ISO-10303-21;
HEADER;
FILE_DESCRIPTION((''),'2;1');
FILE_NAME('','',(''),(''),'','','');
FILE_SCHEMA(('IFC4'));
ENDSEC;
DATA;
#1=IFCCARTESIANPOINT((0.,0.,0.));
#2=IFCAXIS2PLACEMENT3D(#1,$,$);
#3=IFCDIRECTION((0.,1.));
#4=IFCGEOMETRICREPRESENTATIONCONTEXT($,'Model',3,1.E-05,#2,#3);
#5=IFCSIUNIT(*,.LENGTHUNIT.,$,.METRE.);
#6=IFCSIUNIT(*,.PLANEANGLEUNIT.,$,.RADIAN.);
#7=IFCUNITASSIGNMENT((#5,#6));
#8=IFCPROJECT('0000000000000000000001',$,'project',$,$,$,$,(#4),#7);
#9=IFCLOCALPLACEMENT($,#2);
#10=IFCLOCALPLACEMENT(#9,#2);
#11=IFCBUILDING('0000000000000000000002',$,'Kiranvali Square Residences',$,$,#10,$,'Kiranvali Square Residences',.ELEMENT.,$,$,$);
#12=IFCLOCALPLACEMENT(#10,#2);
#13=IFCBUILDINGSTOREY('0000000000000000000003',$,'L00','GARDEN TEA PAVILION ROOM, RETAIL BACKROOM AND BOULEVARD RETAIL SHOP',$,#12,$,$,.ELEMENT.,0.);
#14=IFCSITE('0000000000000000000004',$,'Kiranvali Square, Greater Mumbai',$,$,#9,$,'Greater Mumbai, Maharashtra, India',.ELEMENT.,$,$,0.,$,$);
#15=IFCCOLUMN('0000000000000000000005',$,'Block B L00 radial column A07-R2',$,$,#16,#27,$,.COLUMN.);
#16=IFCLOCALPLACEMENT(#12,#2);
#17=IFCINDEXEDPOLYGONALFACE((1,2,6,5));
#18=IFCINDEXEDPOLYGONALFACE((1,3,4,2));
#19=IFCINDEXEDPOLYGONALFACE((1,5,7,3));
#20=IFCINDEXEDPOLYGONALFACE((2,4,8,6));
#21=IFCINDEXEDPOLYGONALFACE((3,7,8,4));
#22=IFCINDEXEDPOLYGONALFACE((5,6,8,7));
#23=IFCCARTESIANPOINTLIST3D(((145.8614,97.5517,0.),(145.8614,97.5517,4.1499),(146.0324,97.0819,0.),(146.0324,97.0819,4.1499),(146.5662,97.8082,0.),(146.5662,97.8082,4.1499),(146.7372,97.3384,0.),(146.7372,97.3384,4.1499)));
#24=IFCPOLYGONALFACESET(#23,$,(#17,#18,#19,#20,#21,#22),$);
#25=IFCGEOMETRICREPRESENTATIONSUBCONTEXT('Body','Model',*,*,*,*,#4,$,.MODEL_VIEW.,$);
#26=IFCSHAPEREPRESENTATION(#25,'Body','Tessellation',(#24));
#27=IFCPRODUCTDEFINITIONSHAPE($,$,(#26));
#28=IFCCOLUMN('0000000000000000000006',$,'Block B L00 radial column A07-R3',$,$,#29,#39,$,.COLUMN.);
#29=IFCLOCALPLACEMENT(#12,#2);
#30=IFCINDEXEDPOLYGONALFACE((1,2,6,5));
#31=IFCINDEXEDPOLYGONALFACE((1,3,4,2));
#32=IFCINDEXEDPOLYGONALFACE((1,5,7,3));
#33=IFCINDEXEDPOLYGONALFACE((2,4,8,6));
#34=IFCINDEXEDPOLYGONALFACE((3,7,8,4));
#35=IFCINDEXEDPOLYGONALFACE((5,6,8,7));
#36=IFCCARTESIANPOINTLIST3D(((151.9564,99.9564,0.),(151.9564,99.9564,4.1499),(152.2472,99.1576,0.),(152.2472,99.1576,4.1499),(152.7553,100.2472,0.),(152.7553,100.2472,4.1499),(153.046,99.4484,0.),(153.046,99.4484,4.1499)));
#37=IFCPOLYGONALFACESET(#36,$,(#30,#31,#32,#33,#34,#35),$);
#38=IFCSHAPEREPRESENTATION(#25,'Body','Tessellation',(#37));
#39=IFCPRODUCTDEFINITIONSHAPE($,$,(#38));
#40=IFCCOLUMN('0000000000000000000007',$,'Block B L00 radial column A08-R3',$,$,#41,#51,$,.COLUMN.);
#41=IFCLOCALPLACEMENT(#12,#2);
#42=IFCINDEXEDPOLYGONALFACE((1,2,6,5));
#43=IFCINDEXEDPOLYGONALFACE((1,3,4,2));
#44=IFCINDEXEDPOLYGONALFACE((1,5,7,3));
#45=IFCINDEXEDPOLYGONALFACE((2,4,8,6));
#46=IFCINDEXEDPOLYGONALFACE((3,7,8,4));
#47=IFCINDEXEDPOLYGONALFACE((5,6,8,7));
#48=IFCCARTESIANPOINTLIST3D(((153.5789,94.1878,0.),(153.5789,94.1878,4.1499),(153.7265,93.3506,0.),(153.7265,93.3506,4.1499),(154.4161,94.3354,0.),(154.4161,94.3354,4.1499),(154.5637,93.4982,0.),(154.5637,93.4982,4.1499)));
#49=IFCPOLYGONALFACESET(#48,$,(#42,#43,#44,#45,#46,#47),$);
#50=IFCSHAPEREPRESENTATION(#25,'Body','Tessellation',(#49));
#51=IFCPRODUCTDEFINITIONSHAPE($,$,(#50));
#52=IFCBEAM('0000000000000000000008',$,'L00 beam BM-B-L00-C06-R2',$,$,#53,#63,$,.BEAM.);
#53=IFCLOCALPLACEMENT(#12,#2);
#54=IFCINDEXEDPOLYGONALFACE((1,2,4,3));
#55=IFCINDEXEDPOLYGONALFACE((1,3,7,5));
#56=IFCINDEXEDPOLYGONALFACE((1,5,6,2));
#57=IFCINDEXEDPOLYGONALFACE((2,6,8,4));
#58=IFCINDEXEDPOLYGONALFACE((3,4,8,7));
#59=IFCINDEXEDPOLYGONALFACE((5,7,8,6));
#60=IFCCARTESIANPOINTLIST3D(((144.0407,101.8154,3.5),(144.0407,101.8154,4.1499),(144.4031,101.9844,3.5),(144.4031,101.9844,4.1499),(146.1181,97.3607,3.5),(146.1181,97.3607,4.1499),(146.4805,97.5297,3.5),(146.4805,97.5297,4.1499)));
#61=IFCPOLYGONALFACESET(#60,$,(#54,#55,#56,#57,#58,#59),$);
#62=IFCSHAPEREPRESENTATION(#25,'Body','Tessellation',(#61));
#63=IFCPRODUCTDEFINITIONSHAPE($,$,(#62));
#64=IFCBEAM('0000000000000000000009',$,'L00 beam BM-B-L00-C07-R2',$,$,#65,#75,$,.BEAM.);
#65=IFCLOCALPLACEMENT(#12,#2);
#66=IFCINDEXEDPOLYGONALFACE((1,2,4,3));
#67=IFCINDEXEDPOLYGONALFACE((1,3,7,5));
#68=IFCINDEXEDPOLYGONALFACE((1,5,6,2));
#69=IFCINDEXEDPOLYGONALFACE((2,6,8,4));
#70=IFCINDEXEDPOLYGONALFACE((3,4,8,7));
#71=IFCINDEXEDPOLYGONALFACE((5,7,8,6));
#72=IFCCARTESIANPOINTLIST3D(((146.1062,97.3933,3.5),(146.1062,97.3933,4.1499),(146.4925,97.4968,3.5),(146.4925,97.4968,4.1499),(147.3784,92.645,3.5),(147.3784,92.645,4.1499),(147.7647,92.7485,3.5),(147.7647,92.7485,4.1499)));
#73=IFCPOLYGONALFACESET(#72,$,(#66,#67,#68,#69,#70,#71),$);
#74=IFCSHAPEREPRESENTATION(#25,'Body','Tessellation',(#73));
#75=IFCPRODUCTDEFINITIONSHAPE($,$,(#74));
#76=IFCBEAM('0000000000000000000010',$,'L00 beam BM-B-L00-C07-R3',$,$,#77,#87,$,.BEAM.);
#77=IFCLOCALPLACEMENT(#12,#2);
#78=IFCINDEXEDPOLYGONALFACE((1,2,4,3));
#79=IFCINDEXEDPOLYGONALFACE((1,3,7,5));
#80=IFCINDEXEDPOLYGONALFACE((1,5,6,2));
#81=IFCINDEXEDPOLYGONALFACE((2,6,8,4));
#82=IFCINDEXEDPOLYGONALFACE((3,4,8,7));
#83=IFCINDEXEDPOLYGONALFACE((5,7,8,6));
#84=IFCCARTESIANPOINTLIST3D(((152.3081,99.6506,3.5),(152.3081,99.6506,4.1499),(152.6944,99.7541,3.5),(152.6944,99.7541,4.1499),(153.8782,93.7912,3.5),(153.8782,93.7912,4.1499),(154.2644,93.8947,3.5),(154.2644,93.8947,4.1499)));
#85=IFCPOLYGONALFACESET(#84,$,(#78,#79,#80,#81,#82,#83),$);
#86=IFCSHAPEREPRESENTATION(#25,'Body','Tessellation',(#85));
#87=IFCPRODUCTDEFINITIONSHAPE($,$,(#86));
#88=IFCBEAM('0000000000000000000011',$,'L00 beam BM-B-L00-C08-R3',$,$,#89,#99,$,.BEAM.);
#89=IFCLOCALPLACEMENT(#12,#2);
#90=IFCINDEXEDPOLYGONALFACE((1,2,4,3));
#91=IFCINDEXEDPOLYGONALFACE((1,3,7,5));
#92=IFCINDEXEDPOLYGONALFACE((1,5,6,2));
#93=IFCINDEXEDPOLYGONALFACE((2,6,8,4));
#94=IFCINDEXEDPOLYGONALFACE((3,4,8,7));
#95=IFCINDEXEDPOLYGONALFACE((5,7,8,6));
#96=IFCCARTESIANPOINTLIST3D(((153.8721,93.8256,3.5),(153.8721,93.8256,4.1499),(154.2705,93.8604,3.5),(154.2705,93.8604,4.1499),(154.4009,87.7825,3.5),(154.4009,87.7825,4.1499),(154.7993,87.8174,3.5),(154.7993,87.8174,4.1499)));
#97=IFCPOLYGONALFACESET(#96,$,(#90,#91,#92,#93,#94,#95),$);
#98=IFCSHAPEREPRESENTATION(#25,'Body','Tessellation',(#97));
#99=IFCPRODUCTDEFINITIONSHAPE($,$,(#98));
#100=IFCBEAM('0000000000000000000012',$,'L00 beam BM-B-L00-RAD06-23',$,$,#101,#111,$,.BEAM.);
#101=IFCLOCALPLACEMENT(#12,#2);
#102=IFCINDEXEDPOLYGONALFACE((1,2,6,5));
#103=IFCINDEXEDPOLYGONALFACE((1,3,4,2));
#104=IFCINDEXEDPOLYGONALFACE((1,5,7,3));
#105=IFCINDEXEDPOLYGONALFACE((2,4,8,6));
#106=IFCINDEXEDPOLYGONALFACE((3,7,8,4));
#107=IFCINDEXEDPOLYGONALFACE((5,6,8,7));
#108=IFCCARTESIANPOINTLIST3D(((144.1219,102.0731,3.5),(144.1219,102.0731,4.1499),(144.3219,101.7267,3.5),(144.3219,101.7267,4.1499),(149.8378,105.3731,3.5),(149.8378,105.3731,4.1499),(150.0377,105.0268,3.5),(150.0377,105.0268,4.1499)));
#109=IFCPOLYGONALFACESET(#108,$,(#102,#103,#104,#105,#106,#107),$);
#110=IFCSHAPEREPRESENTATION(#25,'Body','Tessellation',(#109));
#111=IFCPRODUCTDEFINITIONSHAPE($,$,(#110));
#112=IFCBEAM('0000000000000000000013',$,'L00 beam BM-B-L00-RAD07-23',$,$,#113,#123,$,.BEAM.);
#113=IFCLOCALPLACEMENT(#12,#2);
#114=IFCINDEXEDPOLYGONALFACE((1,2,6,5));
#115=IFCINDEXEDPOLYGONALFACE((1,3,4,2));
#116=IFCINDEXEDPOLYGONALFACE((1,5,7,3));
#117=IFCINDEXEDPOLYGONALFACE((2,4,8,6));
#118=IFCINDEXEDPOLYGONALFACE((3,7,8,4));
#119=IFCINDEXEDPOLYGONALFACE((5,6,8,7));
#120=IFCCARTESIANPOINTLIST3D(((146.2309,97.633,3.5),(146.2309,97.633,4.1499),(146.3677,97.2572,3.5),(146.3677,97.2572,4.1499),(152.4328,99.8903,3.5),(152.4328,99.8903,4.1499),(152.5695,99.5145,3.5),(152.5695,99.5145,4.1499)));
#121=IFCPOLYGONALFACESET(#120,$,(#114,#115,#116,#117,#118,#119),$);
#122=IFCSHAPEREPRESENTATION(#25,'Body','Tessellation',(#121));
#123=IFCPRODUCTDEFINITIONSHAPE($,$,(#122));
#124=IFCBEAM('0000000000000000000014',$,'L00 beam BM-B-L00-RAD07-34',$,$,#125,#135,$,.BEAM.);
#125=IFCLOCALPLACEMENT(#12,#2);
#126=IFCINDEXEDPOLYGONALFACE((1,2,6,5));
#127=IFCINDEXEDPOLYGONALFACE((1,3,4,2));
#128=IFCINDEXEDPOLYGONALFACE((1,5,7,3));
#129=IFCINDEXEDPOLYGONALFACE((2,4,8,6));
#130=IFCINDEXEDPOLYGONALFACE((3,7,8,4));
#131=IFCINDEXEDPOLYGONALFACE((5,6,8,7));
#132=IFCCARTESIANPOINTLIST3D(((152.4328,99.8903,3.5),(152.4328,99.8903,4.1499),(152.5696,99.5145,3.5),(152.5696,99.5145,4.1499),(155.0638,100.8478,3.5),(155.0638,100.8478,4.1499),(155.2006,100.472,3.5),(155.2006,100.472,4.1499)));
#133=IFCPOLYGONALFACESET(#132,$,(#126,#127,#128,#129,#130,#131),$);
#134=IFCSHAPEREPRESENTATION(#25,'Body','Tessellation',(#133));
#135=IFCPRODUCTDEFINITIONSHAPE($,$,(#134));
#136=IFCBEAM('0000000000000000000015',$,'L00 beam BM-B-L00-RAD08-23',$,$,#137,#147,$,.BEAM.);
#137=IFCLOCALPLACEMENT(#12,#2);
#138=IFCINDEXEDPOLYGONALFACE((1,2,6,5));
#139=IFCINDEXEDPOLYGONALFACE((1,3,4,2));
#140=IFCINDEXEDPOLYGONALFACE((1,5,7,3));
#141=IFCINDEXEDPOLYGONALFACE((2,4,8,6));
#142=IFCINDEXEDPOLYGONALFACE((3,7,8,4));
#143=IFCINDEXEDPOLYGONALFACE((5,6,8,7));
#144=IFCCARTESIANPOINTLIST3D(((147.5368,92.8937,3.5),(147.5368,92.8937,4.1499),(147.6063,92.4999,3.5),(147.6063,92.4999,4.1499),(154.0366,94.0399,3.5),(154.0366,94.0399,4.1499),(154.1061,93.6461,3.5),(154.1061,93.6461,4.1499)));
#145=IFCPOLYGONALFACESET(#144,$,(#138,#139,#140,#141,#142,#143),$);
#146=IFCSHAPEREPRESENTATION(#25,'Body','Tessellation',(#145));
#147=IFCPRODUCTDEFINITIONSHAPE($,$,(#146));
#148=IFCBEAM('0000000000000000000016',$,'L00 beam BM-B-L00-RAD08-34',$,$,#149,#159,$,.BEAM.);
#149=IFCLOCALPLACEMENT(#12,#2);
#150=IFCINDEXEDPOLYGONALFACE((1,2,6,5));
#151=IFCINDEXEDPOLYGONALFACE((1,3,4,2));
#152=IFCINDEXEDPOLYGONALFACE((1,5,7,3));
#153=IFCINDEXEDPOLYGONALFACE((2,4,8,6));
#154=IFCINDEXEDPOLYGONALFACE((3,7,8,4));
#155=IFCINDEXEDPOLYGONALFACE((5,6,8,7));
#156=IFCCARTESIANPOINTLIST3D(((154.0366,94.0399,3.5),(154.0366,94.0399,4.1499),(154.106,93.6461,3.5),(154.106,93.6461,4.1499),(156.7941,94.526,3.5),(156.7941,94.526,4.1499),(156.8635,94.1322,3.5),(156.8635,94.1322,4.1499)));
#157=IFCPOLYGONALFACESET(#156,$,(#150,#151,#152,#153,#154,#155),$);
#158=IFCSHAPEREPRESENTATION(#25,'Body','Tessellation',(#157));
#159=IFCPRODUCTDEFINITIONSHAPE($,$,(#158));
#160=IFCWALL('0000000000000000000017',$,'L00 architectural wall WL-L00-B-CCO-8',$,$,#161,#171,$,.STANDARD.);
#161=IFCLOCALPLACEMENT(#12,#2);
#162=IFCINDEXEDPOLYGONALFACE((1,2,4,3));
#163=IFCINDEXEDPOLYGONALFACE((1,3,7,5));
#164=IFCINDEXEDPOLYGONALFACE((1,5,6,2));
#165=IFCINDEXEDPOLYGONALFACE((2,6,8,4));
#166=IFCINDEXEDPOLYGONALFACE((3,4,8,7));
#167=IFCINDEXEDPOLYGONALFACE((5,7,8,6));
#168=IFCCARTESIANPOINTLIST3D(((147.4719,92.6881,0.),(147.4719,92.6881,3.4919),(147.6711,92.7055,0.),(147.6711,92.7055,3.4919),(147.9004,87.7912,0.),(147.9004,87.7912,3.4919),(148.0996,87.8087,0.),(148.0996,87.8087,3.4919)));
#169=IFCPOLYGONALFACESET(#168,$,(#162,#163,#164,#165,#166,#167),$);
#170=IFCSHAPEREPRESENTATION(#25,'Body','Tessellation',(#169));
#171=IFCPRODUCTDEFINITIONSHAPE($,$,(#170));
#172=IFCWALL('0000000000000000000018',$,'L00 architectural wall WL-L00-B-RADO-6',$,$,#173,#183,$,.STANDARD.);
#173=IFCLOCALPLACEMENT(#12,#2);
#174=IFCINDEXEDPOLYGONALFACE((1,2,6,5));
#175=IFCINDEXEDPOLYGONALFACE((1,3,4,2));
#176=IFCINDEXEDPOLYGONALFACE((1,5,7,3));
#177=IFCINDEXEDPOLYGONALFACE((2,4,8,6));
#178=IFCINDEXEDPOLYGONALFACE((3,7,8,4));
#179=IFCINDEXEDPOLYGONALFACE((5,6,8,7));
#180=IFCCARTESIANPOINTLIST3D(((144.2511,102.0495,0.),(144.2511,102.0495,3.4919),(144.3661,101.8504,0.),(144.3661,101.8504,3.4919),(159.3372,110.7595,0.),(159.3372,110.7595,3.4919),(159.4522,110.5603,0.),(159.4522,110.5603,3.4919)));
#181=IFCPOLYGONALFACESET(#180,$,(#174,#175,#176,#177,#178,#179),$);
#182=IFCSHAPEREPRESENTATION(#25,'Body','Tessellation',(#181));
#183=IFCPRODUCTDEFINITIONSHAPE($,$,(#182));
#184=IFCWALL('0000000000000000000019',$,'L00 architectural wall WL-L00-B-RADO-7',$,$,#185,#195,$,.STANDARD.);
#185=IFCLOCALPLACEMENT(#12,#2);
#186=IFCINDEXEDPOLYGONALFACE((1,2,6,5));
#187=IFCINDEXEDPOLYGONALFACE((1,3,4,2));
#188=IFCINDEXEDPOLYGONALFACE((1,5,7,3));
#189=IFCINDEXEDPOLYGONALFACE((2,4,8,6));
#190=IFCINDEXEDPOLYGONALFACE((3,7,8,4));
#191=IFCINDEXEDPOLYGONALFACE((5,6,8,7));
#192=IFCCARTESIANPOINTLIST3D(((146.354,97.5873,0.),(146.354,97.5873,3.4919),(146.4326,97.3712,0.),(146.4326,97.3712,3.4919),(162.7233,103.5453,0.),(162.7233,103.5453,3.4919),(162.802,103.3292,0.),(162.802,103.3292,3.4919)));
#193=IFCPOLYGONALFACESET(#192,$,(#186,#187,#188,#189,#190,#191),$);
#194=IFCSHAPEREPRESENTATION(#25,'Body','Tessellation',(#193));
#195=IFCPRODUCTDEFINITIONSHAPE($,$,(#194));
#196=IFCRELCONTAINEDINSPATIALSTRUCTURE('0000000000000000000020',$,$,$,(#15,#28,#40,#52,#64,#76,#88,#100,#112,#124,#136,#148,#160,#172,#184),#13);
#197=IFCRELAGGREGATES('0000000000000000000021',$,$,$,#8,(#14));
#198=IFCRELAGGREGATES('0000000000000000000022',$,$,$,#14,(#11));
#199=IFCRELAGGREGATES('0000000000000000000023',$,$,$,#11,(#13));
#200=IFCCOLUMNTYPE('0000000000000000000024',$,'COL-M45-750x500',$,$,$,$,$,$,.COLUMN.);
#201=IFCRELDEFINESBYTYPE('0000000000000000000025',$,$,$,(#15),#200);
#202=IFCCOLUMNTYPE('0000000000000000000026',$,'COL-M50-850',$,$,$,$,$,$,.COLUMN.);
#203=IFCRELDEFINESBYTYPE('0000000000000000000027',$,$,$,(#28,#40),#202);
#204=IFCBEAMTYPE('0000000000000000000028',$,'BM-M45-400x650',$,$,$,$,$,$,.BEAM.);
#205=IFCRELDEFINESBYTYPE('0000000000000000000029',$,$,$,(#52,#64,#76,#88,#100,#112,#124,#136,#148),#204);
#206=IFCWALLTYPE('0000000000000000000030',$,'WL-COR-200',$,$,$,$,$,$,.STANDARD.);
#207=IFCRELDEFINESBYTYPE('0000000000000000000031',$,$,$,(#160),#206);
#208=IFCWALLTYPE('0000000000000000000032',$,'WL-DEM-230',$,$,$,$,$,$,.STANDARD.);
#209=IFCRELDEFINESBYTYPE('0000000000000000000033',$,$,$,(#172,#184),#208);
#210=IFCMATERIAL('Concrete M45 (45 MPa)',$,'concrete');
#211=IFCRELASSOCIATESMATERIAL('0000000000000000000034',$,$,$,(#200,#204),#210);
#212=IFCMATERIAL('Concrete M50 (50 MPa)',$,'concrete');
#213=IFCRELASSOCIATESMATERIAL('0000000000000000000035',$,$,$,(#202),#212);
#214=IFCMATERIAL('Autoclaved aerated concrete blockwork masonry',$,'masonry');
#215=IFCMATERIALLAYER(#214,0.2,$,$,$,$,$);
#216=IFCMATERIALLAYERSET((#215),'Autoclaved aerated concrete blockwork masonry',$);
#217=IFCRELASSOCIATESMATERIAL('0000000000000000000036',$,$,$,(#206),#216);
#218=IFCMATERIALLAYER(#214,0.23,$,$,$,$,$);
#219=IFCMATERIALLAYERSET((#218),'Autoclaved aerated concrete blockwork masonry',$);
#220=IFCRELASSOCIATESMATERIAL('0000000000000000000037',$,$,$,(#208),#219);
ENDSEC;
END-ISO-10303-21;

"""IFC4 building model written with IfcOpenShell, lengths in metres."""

from ifc_helpers import new_model, si_unit, direction, frame, frame_2d, origin, origin_2d, place, context, subcontext, project, spatial, rectangle, extrude, material, layer, layer_set, material_profile, profile_set, type_object, element, save


model = new_model("IFC4")

# Units and contexts
model_context = context("Model", 3, precision=1e-05, world=origin(), true_north=direction((0.0, 1.0)))
body_context = subcontext(model_context, "Body", "Model", "MODEL_VIEW")
ifc_project = project(units=[si_unit("LENGTHUNIT", "METRE"), si_unit("PLANEANGLEUNIT", "RADIAN")], contexts=[model_context])

# Site, building, storey
site_placement = place(None, origin())
site = spatial("IfcSite", under=ifc_project, at=site_placement, Name="Kiranvali Square, Greater Mumbai", LongName="Greater Mumbai, Maharashtra, India", CompositionType="ELEMENT", RefElevation=0.0)
building_placement = place(site_placement, origin())
building = spatial("IfcBuilding", under=site, at=building_placement, Name="Kiranvali Square Residences", LongName="Kiranvali Square Residences", CompositionType="ELEMENT")
storey_placement = place(building_placement, origin())
storey = spatial("IfcBuildingStorey", under=building, at=storey_placement, Name="L00", Description="GARDEN TEA PAVILION ROOM, RETAIL BACKROOM AND BOULEVARD RETAIL SHOP", CompositionType="ELEMENT", Elevation=0.0)

# Columns
ifc_material_1 = material(Name="Concrete M45 (45 MPa)", Category="concrete")
ifc_material_profile_1 = material_profile(ifc_material_1, rectangle(XDim=0.5, YDim=0.75, at=origin_2d()), Name="RC 750x500")
ifc_profile_set_1 = profile_set([ifc_material_profile_1], Name="Concrete M45 (45 MPa)")
column_type_1 = type_object("IfcColumnType", Name="COL-M45-750x500", PredefinedType="COLUMN", material=ifc_profile_set_1)
column_placement = place(storey_placement, frame((146.2993, 97.4451, 0.0), z_axis=(0.0, 0.0, 1.0), x_axis=(-0.34202, 0.939693, 0.0)))
element("IfcColumn", 1, at=column_placement, inside=storey, type_object=column_type_1, Name="Block B L00 radial column A07-R2", PredefinedType="COLUMN", context=body_context, shape_type="SweptSolid", body=[
    extrude(rectangle(XDim=0.5, YDim=0.75, at=origin_2d()), origin(), (0.0, 0.0, 1.0), 4.1499),
])
ifc_material_2 = material(Name="Concrete M50 (50 MPa)", Category="concrete")
ifc_material_profile_2 = material_profile(ifc_material_2, rectangle(XDim=0.8501, YDim=0.8501, at=origin_2d()), Name="RC 850x850")
ifc_profile_set_2 = profile_set([ifc_material_profile_2], Name="Concrete M50 (50 MPa)")
column_type_2 = type_object("IfcColumnType", Name="COL-M50-850", PredefinedType="COLUMN", material=ifc_profile_set_2)
for number, where, z_axis, x_axis, name in (
    (2, (152.5012, 99.7024, 0.0), (0.0, 0.0, 1.0), (-0.34202, 0.939693, 0.0), "Block B L00 radial column A07-R3"),
    (3, (154.0713, 93.843, 0.0), (0.0, 0.0, 1.0), (-0.173648, 0.984808, 0.0), "Block B L00 radial column A08-R3"),
):
    element("IfcColumn", number, at=place(storey_placement, frame(where, z_axis=z_axis, x_axis=x_axis)), inside=storey, type_object=column_type_2, Name=name, PredefinedType="COLUMN", context=body_context, shape_type="SweptSolid", body=[
        extrude(rectangle(XDim=0.8501, YDim=0.8501, at=origin_2d()), origin(), (0.0, 0.0, 1.0), 4.1499),
    ])

# Beams
ifc_material_profile_3 = material_profile(ifc_material_1, rectangle(XDim=0.3999, YDim=0.6499, at=origin_2d()), Name="RC 400x650")
ifc_profile_set_3 = profile_set([ifc_material_profile_3], Name="Concrete M45 (45 MPa)")
beam_type = type_object("IfcBeamType", Name="BM-M45-400x650", PredefinedType="BEAM", material=ifc_profile_set_3)
beam_1_placement = place(storey_placement, frame((144.2219, 101.8999, 3.825), z_axis=(0.42263, -0.906302, 0.0), x_axis=(0.906302, 0.42263, 0.0)))
element("IfcBeam", 4, at=beam_1_placement, inside=storey, type_object=beam_type, Name="L00 beam BM-B-L00-C06-R2", PredefinedType="BEAM", context=body_context, shape_type="SweptSolid", body=[
    extrude(rectangle(XDim=0.3999, YDim=0.6499, at=origin_2d()), origin(), (0.0, 0.0, 1.0), 4.9153),
])
beam_2_placement = place(storey_placement, frame((146.2993, 97.4451, 3.825), z_axis=(0.258803, -0.96593, 0.0), x_axis=(0.96593, 0.258803, 0.0)))
element("IfcBeam", 5, at=beam_2_placement, inside=storey, type_object=beam_type, Name="L00 beam BM-B-L00-C07-R2", PredefinedType="BEAM", context=body_context, shape_type="SweptSolid", body=[
    extrude(rectangle(XDim=0.3999, YDim=0.6499, at=origin_2d()), origin(), (0.0, 0.0, 1.0), 4.9158),
])
for number, where, z_axis, x_axis, name in (
    (6, (152.5012, 99.7024, 3.825), (0.258827, -0.965924, 0.0), (0.965924, 0.258827, 0.0), "L00 beam BM-B-L00-C07-R3"),
    (7, (154.0713, 93.843, 3.825), (0.087175, -0.996193, 0.0), (0.996193, 0.087175, 0.0), "L00 beam BM-B-L00-C08-R3"),
):
    element("IfcBeam", number, at=place(storey_placement, frame(where, z_axis=z_axis, x_axis=x_axis)), inside=storey, type_object=beam_type, Name=name, PredefinedType="BEAM", context=body_context, shape_type="SweptSolid", body=[
        extrude(rectangle(XDim=0.3999, YDim=0.6499, at=origin_2d()), origin(), (0.0, 0.0, 1.0), 6.0662),
    ])
beam_3_placement = place(storey_placement, frame((144.2219, 101.8999, 3.825), z_axis=(0.866024, 0.500002, 0.0), x_axis=(-0.500002, 0.866024, 0.0)))
element("IfcBeam", 8, at=beam_3_placement, inside=storey, type_object=beam_type, Name="L00 beam BM-B-L00-RAD06-23", PredefinedType="BEAM", context=body_context, shape_type="SweptSolid", body=[
    extrude(rectangle(XDim=0.3999, YDim=0.6499, at=origin_2d()), origin(), (0.0, 0.0, 1.0), 6.6001),
])
beam_4_placement = place(storey_placement, frame((146.2993, 97.4451, 3.825), z_axis=(0.939692, 0.342022, 0.0), x_axis=(-0.342022, 0.939692, 0.0)))
element("IfcBeam", 9, at=beam_4_placement, inside=storey, type_object=beam_type, Name="L00 beam BM-B-L00-RAD07-23", PredefinedType="BEAM", context=body_context, shape_type="SweptSolid", body=[
    extrude(rectangle(XDim=0.3999, YDim=0.6499, at=origin_2d()), origin(), (0.0, 0.0, 1.0), 6.5999),
])
beam_5_placement = place(storey_placement, frame((152.5012, 99.7024, 3.825), z_axis=(0.939707, 0.341981, 0.0), x_axis=(-0.341981, 0.939707, 0.0)))
element("IfcBeam", 10, at=beam_5_placement, inside=storey, type_object=beam_type, Name="L00 beam BM-B-L00-RAD07-34", PredefinedType="BEAM", context=body_context, shape_type="SweptSolid", body=[
    extrude(rectangle(XDim=0.3999, YDim=0.6499, at=origin_2d()), origin(), (0.0, 0.0, 1.0), 2.7998),
])
beam_6_placement = place(storey_placement, frame((147.5715, 92.6968, 3.825), z_axis=(0.984804, 0.173671, 0.0), x_axis=(-0.173671, 0.984804, 0.0)))
element("IfcBeam", 11, at=beam_6_placement, inside=storey, type_object=beam_type, Name="L00 beam BM-B-L00-RAD08-23", PredefinedType="BEAM", context=body_context, shape_type="SweptSolid", body=[
    extrude(rectangle(XDim=0.3999, YDim=0.6499, at=origin_2d()), origin(), (0.0, 0.0, 1.0), 6.6001),
])
beam_7_placement = place(storey_placement, frame((154.0713, 93.843, 3.825), z_axis=(0.984817, 0.173596, 0.0), x_axis=(-0.173596, 0.984817, 0.0)))
element("IfcBeam", 12, at=beam_7_placement, inside=storey, type_object=beam_type, Name="L00 beam BM-B-L00-RAD08-34", PredefinedType="BEAM", context=body_context, shape_type="SweptSolid", body=[
    extrude(rectangle(XDim=0.3999, YDim=0.6499, at=origin_2d()), origin(), (0.0, 0.0, 1.0), 2.8),
])

# Shared definitions
ifc_material_3 = material(Name="Autoclaved aerated concrete blockwork masonry", Category="masonry")
ifc_layer_1 = layer(ifc_material_3, 0.2)
ifc_layer_set_1 = layer_set([ifc_layer_1], Name="Autoclaved aerated concrete blockwork masonry")
wall_type_1 = type_object("IfcWallType", Name="WL-COR-200", PredefinedType="STANDARD", material=ifc_layer_set_1)

# Walls
wall_1_placement = place(storey_placement, frame((147.5715, 92.6968, 0.0), z_axis=(0.0, 0.0, 1.0), x_axis=(0.087168, -0.996194, 0.0)))
element("IfcWall", 13, at=wall_1_placement, inside=storey, type_object=wall_type_1, Name="L00 architectural wall WL-L00-B-CCO-8", PredefinedType="STANDARD", context=body_context, shape_type="SweptSolid", body=[
    extrude(rectangle(XDim=4.9155, YDim=0.2, at=frame_2d((2.4578, 0.0))), origin(), (0.0, 0.0, 1.0), 3.4919),
])
ifc_layer_2 = layer(ifc_material_3, 0.23)
ifc_layer_set_2 = layer_set([ifc_layer_2], Name="Autoclaved aerated concrete blockwork masonry")
wall_type_2 = type_object("IfcWallType", Name="WL-DEM-230", PredefinedType="STANDARD", material=ifc_layer_set_2)
for number, where, z_axis, x_axis, name in (
    (14, (144.3086, 101.95, 0.0), (0.0, 0.0, 1.0), (0.866027, 0.499998, 0.0), "L00 architectural wall WL-L00-B-RADO-6"),
    (15, (146.3933, 97.4792, 0.0), (0.0, 0.0, 1.0), (0.939692, 0.342022, 0.0), "L00 architectural wall WL-L00-B-RADO-7"),
):
    element("IfcWall", number, at=place(storey_placement, frame(where, z_axis=z_axis, x_axis=x_axis)), inside=storey, type_object=wall_type_2, Name=name, PredefinedType="STANDARD", context=body_context, shape_type="SweptSolid", body=[
        extrude(rectangle(XDim=17.4199, YDim=0.23, at=frame_2d((8.71, 0.0))), origin(), (0.0, 0.0, 1.0), 3.4919),
    ])

save(model, "model.ifc")
